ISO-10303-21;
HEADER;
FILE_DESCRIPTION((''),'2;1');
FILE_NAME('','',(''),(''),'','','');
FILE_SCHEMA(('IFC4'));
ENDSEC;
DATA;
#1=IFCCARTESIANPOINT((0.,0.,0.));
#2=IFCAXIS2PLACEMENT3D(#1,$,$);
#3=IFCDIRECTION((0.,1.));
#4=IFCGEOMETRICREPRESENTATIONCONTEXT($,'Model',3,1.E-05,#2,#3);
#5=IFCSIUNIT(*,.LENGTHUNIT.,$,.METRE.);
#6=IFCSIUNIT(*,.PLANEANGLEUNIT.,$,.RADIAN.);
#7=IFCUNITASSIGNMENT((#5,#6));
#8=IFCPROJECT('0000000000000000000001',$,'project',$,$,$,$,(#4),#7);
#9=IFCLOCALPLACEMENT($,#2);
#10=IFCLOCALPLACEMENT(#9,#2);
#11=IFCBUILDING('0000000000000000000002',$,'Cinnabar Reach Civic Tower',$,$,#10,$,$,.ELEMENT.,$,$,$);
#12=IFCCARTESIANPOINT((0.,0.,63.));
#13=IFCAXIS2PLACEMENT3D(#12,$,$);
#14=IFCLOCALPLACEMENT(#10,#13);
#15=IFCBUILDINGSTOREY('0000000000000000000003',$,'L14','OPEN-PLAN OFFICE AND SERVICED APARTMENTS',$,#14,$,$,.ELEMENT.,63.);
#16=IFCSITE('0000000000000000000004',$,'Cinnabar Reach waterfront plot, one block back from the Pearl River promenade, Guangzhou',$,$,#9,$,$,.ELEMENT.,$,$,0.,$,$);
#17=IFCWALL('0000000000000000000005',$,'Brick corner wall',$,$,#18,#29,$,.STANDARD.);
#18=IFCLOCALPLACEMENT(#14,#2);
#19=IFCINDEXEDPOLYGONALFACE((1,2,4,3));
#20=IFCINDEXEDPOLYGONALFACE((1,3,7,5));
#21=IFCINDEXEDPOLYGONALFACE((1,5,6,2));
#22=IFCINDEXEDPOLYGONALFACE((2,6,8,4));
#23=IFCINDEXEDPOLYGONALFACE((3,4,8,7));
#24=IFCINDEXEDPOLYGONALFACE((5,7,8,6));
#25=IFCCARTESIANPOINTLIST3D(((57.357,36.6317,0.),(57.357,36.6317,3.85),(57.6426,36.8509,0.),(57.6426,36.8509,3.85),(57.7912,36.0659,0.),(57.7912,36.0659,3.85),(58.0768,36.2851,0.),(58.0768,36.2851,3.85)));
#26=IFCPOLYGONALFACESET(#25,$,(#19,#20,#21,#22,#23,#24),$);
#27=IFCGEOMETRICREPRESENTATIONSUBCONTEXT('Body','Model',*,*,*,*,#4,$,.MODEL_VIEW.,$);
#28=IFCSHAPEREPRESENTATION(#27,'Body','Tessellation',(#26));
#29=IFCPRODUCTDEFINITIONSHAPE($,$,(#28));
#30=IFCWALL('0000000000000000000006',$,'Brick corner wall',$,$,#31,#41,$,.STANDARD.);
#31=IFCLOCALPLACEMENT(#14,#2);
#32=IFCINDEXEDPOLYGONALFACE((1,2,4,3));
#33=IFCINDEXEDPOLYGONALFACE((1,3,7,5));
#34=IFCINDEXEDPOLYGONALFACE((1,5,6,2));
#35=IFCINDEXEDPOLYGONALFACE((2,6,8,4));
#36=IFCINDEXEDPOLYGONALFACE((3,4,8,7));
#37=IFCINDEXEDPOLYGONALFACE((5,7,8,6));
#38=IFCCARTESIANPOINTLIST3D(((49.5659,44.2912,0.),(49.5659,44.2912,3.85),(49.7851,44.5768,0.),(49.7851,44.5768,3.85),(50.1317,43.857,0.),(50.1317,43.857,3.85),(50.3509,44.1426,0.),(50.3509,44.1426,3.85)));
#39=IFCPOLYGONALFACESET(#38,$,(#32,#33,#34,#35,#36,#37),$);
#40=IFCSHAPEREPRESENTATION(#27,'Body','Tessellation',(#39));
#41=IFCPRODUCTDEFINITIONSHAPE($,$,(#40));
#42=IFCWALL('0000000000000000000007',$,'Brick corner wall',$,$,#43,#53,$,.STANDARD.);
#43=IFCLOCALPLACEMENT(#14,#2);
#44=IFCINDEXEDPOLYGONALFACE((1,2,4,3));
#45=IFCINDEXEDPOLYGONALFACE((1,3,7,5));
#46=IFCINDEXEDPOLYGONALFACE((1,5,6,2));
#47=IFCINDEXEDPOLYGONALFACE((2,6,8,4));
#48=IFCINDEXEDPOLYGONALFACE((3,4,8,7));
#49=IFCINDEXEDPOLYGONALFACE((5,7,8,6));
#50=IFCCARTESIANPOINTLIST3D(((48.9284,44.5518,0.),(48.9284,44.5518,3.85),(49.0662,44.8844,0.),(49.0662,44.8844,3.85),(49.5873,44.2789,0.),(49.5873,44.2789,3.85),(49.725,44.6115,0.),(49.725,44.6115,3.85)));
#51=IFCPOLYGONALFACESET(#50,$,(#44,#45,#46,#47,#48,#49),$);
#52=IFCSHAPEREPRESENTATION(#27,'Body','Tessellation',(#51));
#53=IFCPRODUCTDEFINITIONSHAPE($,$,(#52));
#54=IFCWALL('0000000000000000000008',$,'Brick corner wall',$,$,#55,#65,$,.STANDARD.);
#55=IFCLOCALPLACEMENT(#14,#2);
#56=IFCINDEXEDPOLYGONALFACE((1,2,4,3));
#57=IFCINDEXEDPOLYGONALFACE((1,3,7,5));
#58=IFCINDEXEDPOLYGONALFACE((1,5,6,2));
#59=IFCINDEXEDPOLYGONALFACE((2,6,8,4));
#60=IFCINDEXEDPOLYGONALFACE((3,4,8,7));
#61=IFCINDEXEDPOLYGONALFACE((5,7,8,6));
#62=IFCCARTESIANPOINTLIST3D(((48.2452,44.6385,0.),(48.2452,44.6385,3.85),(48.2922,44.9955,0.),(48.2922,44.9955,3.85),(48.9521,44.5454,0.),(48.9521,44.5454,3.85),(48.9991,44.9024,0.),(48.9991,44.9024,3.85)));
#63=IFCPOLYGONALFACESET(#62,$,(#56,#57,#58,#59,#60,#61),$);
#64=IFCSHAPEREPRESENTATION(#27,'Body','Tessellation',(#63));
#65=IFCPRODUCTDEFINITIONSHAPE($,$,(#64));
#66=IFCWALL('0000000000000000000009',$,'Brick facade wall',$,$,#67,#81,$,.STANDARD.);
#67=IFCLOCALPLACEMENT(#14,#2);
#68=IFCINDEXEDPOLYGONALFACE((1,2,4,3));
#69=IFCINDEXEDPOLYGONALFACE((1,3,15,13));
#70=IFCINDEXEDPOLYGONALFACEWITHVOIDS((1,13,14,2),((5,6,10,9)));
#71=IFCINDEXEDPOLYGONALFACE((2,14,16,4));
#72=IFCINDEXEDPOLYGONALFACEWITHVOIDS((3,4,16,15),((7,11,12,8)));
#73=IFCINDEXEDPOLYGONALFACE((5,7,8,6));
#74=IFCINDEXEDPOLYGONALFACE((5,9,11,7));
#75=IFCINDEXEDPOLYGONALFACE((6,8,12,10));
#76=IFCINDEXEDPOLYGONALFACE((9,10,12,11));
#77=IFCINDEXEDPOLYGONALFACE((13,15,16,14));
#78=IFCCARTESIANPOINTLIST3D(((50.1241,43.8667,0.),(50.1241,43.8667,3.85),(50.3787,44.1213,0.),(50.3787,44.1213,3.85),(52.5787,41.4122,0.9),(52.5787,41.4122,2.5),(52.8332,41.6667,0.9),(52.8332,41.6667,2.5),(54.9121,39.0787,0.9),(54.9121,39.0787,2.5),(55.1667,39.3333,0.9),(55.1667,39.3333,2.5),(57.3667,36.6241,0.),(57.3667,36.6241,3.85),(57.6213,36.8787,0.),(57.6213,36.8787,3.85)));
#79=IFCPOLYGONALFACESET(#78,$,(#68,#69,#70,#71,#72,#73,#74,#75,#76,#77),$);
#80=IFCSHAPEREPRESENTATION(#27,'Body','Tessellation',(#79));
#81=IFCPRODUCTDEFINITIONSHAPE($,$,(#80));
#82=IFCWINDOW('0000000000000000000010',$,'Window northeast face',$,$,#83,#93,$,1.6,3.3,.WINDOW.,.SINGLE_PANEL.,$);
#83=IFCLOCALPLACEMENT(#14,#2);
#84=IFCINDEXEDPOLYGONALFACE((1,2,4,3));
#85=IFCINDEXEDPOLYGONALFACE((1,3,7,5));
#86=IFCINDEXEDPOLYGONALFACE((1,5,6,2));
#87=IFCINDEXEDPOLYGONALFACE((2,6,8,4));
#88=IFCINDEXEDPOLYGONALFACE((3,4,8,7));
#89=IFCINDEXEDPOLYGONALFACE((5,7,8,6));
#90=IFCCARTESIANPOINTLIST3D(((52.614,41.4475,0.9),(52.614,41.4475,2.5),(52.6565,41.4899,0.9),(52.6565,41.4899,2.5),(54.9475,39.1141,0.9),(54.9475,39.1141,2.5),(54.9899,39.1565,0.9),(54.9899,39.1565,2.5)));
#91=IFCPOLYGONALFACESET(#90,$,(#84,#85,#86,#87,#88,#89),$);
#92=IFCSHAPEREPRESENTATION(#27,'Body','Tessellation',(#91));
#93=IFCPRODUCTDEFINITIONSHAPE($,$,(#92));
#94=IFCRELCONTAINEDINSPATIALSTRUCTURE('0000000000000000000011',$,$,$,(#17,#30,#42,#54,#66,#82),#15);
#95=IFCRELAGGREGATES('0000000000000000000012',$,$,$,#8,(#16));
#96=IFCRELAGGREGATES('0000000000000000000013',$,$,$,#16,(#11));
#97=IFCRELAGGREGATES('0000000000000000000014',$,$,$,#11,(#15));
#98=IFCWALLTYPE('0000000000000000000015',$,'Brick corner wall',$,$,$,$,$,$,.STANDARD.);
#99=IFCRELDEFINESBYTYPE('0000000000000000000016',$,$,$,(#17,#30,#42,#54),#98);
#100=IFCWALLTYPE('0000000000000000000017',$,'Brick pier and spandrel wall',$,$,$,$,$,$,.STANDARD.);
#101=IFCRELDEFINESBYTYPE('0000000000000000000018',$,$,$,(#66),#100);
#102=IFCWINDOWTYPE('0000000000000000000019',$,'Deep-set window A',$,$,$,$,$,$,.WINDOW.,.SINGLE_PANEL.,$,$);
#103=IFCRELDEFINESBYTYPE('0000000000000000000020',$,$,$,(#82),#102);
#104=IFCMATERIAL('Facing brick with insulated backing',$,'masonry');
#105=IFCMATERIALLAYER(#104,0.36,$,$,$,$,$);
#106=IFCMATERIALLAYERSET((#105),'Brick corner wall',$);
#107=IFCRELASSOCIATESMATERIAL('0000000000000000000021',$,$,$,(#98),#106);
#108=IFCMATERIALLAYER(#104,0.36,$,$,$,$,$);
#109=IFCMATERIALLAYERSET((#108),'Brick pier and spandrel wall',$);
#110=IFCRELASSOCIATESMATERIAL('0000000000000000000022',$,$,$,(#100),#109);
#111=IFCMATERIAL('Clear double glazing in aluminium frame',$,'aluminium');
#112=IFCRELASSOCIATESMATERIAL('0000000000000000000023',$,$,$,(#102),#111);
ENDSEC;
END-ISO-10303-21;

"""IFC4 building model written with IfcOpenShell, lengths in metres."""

from ifc_helpers import new_model, si_unit, direction, frame, frame_2d, origin, place, context, subcontext, project, spatial, rectangle, extrude, material, layer, layer_set, type_object, element, fill, save


model = new_model("IFC4")

# Units and contexts
model_context = context("Model", 3, precision=1e-05, world=origin(), true_north=direction((0.0, 1.0)))
body_context = subcontext(model_context, "Body", "Model", "MODEL_VIEW")
ifc_project = project(units=[si_unit("LENGTHUNIT", "METRE"), si_unit("PLANEANGLEUNIT", "RADIAN")], contexts=[model_context])

# Site, building, storey
site_placement = place(None, origin())
site = spatial("IfcSite", under=ifc_project, at=site_placement, Name="Cinnabar Reach waterfront plot, one block back from the Pearl River promenade, Guangzhou", CompositionType="ELEMENT", RefElevation=0.0)
building_placement = place(site_placement, origin())
building = spatial("IfcBuilding", under=site, at=building_placement, Name="Cinnabar Reach Civic Tower", CompositionType="ELEMENT")
storey_placement = place(building_placement, frame((0.0, 0.0, 63.0)))
storey = spatial("IfcBuildingStorey", under=building, at=storey_placement, Name="L14", Description="OPEN-PLAN OFFICE AND SERVICED APARTMENTS", CompositionType="ELEMENT", Elevation=63.0)

# Walls
ifc_material_1 = material(Name="Facing brick with insulated backing", Category="masonry")
ifc_layer_1 = layer(ifc_material_1, 0.36)
ifc_layer_set_1 = layer_set([ifc_layer_1], Name="Brick corner wall")
wall_type_1 = type_object("IfcWallType", Name="Brick corner wall", PredefinedType="STANDARD", material=ifc_layer_set_1)
for number, where, z_axis, x_axis, name in (
    (1, (57.934, 36.1755, 0.0), (0.0, 0.0, 1.0), (-0.608802, 0.793322, 0.0), "Brick corner wall"),
    (2, (50.2413, 43.9998, 0.0), (0.0, 0.0, 1.0), (-0.793322, 0.608802, 0.0), "Brick corner wall"),
):
    element("IfcWall", number, at=place(storey_placement, frame(where, z_axis=z_axis, x_axis=x_axis)), inside=storey, type_object=wall_type_1, Name=name, PredefinedType="STANDARD", context=body_context, shape_type="SweptSolid", body=[
        extrude(rectangle(XDim=0.7132, YDim=0.36, at=frame_2d((0.3566, 0.0))), origin(), (0.0, 0.0, 1.0), 3.85),
    ])
for number, where, z_axis, x_axis, name in (
    (3, (49.6561, 44.4452, 0.0), (0.0, 0.0, 1.0), (-0.923872, 0.382703, 0.0), "Brick corner wall"),
    (4, (48.9756, 44.7239, 0.0), (0.0, 0.0, 1.0), (-0.991441, 0.130556, 0.0), "Brick corner wall"),
):
    element("IfcWall", number, at=place(storey_placement, frame(where, z_axis=z_axis, x_axis=x_axis)), inside=storey, type_object=wall_type_1, Name=name, PredefinedType="STANDARD", context=body_context, shape_type="SweptSolid", body=[
        extrude(rectangle(XDim=0.7131, YDim=0.36, at=frame_2d((0.3565, 0.0))), origin(), (0.0, 0.0, 1.0), 3.85),
    ])

# Wall, opening, window
ifc_layer_2 = layer(ifc_material_1, 0.36)
ifc_layer_set_2 = layer_set([ifc_layer_2], Name="Brick pier and spandrel wall")
wall_type_2 = type_object("IfcWallType", Name="Brick pier and spandrel wall", PredefinedType="STANDARD", material=ifc_layer_set_2)
wall_1_placement = place(storey_placement, frame((57.494, 36.7514, 0.0), z_axis=(0.0, 0.0, 1.0), x_axis=(-0.707107, 0.707107, 0.0)))
wall_1 = element("IfcWall", 5, at=wall_1_placement, inside=storey, type_object=wall_type_2, Name="Brick facade wall", PredefinedType="STANDARD", context=body_context, shape_type="SweptSolid", body=[
    extrude(rectangle(XDim=10.2426, YDim=0.36, at=frame_2d((5.1213, 0.0))), origin(), (0.0, 0.0, 1.0), 3.85),
])
opening_1_placement = place(wall_1_placement, frame((3.4713, 0.0, 0.9)))
opening_1 = element("IfcOpeningElement", 6, at=opening_1_placement, cuts=wall_1, PredefinedType="OPENING", context=body_context, shape_type="SweptSolid", body=[
    extrude(rectangle(XDim=3.3, YDim=1.6, at=frame_2d((1.65, 0.8))), frame((0.0, 0.19, 0.0), z_axis=(0.0, -1.0, 0.0), x_axis=(1.0, 0.0, 0.0)), (0.0, 0.0, 1.0), 0.38),
])
ifc_material_2 = material(Name="Clear double glazing in aluminium frame", Category="aluminium")
window_type_1 = type_object("IfcWindowType", Name="Deep-set window A", PartitioningType="SINGLE_PANEL", PredefinedType="WINDOW", material=ifc_material_2)
window_1_placement = place(opening_1_placement, origin())
window_1 = element("IfcWindow", 7, at=window_1_placement, inside=storey, type_object=window_type_1, Name="Window northeast face", OverallHeight=1.6, OverallWidth=3.3, PartitioningType="SINGLE_PANEL", PredefinedType="WINDOW", context=body_context, shape_type="SweptSolid", body=[
    extrude(rectangle(XDim=3.3, YDim=1.6, at=frame_2d((1.65, 0.8))), frame((0.0, 0.13, 0.0), z_axis=(0.0, -1.0, 0.0), x_axis=(1.0, 0.0, 0.0)), (0.0, 0.0, 1.0), 0.06),
])
fill(opening_1, window_1)

save(model, "model.ifc")
